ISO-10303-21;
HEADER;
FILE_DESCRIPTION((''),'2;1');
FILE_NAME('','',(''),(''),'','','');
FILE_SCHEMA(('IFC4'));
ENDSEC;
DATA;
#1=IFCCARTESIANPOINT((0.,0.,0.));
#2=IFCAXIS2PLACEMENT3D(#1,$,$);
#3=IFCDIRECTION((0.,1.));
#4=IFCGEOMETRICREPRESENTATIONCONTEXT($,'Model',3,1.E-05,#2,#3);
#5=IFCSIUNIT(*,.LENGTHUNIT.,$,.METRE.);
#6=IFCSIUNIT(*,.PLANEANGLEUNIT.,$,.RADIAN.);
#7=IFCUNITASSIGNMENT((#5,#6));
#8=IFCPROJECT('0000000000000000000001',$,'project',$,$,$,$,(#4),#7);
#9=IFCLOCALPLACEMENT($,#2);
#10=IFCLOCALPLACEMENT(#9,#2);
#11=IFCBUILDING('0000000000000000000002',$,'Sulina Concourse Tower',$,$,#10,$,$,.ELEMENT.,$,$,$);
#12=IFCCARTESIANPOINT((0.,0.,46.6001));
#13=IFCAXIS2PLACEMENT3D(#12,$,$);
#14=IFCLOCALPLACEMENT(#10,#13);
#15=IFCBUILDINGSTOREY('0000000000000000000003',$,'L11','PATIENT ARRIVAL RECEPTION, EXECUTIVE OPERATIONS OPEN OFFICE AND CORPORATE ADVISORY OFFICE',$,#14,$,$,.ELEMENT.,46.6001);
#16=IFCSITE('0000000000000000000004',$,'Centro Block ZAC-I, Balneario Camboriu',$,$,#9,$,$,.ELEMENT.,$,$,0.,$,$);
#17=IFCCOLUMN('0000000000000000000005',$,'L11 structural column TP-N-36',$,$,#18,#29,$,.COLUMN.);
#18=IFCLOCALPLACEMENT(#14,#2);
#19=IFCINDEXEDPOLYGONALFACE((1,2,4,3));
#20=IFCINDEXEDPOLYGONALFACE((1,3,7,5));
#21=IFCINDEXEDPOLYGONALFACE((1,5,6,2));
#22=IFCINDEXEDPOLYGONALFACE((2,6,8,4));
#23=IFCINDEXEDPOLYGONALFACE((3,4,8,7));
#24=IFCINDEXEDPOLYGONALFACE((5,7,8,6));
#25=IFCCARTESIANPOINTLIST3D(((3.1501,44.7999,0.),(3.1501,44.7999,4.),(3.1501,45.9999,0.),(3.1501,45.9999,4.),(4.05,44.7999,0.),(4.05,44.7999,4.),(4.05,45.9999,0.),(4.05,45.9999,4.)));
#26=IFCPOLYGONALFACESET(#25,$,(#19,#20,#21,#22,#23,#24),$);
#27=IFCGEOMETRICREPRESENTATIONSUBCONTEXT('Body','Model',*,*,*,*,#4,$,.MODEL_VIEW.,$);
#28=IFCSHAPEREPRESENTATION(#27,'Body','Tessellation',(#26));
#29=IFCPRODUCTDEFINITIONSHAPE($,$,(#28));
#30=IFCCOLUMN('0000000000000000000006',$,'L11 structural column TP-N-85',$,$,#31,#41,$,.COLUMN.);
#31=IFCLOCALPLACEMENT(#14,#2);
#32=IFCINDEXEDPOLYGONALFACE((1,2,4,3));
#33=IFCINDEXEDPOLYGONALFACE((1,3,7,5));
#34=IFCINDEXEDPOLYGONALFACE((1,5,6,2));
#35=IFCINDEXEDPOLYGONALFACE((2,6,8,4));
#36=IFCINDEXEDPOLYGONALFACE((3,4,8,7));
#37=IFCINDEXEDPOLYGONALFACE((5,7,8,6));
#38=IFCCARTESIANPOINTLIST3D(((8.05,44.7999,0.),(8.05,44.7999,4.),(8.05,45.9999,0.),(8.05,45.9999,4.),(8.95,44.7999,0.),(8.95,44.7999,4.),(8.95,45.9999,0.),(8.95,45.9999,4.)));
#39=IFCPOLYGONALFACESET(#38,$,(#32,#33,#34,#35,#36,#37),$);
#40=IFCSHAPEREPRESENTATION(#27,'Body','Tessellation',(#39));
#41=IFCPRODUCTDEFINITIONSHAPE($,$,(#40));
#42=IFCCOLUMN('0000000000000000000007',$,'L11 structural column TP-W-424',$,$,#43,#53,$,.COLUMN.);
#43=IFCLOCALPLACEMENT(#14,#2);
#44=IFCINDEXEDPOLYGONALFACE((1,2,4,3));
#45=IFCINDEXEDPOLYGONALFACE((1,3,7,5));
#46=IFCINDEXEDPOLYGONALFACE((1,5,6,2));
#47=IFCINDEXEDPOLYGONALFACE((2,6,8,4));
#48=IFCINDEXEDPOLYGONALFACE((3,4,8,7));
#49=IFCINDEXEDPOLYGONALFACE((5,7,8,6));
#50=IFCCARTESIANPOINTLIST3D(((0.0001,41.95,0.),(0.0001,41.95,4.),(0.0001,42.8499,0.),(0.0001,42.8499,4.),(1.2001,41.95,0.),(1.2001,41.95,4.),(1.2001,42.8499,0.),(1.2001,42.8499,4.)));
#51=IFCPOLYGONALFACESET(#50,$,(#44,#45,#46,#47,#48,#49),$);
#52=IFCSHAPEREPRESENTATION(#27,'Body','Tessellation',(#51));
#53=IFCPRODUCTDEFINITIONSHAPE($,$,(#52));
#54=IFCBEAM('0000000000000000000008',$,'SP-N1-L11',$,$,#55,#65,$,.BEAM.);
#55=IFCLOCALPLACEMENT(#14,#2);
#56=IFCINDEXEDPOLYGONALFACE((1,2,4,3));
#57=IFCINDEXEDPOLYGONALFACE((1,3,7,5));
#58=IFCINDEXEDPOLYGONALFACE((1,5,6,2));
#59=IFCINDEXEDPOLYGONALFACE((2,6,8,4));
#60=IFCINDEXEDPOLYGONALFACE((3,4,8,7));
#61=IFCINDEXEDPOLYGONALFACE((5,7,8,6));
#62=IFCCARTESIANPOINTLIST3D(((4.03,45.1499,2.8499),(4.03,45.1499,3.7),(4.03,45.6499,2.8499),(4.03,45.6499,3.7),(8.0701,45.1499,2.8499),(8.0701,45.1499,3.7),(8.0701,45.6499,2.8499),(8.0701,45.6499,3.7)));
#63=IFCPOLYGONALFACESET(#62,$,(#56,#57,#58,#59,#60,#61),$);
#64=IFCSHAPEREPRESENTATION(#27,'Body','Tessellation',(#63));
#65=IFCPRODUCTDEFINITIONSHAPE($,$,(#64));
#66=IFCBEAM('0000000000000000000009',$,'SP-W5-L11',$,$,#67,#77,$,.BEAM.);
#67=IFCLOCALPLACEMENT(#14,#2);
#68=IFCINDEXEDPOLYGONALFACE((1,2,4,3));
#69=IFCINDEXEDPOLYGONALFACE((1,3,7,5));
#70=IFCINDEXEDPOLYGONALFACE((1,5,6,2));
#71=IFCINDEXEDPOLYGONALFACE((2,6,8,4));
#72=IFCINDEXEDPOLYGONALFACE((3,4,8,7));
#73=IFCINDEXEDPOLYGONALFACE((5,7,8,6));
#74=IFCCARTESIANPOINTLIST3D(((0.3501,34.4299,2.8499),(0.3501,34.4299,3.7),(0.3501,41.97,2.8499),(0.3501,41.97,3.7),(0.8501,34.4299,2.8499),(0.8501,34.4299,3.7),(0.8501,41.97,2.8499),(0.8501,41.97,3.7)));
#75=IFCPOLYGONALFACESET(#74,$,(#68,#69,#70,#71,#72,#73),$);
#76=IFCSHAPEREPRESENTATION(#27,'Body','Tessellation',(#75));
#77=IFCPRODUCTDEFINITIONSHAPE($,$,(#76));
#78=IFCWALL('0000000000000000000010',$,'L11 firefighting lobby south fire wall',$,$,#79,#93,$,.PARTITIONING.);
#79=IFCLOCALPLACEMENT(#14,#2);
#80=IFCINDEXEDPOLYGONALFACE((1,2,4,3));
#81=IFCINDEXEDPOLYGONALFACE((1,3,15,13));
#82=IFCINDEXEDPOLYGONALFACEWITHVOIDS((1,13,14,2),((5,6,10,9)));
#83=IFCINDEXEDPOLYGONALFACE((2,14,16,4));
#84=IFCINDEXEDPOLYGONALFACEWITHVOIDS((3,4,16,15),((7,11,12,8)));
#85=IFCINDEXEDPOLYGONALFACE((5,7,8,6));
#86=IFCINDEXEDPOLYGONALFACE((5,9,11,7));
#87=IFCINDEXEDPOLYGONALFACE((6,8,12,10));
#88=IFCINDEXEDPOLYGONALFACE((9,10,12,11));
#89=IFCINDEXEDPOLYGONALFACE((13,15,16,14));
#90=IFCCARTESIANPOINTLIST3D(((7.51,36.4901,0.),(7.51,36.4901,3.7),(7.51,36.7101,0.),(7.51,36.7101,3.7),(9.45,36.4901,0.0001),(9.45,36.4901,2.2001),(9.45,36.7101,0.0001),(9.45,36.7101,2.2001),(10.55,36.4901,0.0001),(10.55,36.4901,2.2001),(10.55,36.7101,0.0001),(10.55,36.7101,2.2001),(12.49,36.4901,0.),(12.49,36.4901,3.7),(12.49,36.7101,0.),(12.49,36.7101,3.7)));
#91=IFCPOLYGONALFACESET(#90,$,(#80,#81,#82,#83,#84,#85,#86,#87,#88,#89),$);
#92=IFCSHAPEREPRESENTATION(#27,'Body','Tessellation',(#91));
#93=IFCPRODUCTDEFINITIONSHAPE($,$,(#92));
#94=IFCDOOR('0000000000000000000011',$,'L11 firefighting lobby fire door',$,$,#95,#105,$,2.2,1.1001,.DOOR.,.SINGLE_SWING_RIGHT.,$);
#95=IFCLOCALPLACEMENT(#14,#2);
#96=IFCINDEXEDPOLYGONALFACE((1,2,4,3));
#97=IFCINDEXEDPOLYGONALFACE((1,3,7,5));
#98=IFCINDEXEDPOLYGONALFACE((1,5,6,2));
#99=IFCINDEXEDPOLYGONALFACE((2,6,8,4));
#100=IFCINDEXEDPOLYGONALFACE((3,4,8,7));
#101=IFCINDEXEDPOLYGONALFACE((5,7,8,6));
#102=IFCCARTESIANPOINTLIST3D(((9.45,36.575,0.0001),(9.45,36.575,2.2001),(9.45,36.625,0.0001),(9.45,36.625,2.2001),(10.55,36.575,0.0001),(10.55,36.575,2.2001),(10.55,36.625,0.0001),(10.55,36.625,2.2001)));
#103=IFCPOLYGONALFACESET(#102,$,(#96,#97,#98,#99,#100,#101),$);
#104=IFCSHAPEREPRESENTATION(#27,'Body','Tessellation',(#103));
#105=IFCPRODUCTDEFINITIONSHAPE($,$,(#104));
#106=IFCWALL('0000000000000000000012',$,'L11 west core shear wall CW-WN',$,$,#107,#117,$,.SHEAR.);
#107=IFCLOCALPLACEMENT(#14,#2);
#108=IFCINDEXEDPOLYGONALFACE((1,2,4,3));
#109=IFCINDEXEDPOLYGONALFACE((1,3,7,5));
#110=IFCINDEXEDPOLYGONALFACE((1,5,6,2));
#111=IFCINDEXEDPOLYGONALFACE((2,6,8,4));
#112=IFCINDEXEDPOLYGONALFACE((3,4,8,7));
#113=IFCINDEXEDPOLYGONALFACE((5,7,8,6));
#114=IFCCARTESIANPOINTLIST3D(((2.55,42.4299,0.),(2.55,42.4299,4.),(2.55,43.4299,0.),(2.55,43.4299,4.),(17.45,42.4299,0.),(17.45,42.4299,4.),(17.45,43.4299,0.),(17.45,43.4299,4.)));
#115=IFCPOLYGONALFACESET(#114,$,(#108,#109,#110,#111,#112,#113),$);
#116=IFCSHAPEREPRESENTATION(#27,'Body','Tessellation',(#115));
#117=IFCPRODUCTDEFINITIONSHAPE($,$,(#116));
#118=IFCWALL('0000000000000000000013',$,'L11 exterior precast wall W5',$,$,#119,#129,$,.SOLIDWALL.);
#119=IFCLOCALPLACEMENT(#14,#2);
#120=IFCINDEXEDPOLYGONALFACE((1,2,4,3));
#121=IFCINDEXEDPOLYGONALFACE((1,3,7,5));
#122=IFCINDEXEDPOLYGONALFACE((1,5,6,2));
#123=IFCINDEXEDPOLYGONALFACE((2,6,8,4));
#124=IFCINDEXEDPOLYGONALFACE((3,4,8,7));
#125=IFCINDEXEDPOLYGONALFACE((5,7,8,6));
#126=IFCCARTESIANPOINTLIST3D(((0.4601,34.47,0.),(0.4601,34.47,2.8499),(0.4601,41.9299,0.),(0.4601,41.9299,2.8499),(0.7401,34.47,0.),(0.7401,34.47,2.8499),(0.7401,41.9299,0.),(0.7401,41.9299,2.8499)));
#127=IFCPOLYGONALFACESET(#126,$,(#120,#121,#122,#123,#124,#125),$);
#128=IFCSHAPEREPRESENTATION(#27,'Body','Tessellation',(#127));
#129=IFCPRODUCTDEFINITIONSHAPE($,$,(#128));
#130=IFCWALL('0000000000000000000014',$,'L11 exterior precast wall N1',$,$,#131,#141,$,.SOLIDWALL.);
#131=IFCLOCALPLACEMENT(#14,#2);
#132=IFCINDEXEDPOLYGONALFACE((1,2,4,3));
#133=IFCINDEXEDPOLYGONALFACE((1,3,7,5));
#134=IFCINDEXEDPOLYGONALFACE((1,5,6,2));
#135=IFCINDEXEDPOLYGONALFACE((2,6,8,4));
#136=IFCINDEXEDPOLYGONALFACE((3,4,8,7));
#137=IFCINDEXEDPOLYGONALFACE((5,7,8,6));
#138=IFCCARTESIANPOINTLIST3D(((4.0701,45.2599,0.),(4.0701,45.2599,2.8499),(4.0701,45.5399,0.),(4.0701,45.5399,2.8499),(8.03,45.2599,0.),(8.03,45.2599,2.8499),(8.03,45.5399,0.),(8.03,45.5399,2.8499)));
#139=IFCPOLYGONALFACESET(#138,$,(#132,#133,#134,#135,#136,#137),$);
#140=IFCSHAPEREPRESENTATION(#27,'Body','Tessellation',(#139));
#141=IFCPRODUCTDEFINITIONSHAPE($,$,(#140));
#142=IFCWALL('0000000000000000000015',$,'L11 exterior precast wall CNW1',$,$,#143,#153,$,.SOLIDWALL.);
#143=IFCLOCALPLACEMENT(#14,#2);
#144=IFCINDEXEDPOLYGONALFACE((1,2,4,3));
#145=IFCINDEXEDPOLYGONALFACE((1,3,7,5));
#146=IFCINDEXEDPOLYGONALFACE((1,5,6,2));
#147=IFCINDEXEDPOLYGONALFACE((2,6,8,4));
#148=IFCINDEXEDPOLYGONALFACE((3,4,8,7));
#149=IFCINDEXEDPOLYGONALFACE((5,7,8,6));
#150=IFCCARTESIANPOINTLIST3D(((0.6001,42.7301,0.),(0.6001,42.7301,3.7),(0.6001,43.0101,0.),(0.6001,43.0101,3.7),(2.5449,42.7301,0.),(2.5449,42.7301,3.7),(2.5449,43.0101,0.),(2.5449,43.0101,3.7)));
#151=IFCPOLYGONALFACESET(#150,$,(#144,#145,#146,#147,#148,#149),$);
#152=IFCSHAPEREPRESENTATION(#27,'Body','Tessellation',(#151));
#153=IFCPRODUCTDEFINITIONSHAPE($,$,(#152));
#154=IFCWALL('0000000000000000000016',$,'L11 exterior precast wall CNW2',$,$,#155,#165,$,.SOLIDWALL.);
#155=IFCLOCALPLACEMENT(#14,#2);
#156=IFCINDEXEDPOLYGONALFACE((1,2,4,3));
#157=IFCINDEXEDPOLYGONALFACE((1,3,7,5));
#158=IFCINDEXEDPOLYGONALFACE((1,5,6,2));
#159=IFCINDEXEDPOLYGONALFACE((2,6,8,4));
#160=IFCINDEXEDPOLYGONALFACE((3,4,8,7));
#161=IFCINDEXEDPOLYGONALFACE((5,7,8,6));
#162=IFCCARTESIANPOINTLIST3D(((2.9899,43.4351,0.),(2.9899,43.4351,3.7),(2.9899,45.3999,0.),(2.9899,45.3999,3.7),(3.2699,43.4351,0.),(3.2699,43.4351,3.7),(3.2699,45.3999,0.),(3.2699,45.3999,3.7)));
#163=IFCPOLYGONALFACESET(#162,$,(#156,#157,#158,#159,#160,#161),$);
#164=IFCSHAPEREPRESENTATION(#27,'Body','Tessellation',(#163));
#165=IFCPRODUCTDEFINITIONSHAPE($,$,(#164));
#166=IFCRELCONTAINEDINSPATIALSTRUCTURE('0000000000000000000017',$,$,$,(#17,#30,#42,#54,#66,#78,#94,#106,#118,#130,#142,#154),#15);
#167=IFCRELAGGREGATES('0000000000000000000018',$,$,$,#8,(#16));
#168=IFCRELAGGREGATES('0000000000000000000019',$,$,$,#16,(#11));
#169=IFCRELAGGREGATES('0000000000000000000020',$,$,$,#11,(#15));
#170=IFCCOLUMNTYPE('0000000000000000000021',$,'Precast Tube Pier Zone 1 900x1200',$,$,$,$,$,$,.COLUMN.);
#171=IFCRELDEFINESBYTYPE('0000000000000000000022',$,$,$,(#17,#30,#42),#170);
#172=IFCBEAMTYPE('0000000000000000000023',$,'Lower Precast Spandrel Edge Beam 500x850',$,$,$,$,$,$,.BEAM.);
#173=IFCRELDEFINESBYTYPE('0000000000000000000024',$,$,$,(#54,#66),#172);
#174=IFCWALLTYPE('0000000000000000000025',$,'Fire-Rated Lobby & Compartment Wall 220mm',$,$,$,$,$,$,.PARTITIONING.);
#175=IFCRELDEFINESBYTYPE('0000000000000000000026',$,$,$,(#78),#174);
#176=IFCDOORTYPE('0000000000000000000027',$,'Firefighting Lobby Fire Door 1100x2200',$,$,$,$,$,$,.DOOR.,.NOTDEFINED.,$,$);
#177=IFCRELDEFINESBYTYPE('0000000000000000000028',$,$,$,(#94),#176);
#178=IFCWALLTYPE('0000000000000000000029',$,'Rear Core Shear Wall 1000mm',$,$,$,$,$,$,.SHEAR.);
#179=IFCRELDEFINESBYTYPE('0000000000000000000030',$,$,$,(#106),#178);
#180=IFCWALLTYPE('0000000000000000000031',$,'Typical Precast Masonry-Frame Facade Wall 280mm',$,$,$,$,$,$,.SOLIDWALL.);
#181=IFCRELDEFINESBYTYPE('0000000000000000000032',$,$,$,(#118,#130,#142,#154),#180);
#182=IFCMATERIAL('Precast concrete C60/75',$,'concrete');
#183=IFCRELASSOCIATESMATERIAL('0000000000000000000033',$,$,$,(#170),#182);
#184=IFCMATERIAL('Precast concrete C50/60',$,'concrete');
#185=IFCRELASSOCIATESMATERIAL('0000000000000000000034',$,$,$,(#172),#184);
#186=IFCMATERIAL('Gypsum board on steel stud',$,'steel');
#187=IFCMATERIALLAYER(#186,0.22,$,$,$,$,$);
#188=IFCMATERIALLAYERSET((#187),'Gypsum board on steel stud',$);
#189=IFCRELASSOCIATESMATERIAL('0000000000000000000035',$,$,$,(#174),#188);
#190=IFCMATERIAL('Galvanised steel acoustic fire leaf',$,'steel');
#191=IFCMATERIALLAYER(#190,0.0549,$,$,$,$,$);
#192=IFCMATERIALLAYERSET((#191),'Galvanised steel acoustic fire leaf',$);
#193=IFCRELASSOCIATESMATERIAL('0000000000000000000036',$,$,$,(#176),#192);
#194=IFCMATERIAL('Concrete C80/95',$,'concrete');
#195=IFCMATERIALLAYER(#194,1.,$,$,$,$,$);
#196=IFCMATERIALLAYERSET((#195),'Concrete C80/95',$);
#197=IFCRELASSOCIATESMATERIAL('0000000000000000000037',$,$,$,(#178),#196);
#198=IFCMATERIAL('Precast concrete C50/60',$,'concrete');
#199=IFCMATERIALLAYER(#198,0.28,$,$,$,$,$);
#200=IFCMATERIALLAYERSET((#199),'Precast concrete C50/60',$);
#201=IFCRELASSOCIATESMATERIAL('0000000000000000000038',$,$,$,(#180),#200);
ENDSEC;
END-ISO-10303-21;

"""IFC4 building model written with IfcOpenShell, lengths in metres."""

from ifc_helpers import new_model, si_unit, direction, frame, frame_2d, origin, origin_2d, place, context, subcontext, project, spatial, rectangle, extrude, material, layer, layer_set, material_profile, profile_set, type_object, element, fill, save


model = new_model("IFC4")

# Units and contexts
model_context = context("Model", 3, precision=1e-05, world=origin(), true_north=direction((0.0, 1.0)))
body_context = subcontext(model_context, "Body", "Model", "MODEL_VIEW")
ifc_project = project(units=[si_unit("LENGTHUNIT", "METRE"), si_unit("PLANEANGLEUNIT", "RADIAN")], contexts=[model_context])

# Site, building, storey
site_placement = place(None, origin())
site = spatial("IfcSite", under=ifc_project, at=site_placement, Name="Centro Block ZAC-I, Balneario Camboriu", CompositionType="ELEMENT", RefElevation=0.0)
building_placement = place(site_placement, origin())
building = spatial("IfcBuilding", under=site, at=building_placement, Name="Sulina Concourse Tower", CompositionType="ELEMENT")
storey_placement = place(building_placement, frame((0.0, 0.0, 46.6001)))
storey = spatial("IfcBuildingStorey", under=building, at=storey_placement, Name="L11", Description="PATIENT ARRIVAL RECEPTION, EXECUTIVE OPERATIONS OPEN OFFICE AND CORPORATE ADVISORY OFFICE", CompositionType="ELEMENT", Elevation=46.6001)

# Columns
ifc_material_1 = material(Name="Precast concrete C60/75", Category="concrete")
ifc_material_profile_1 = material_profile(ifc_material_1, rectangle(XDim=0.8999, YDim=1.2, at=origin_2d()), Name="PC 900x1200")
ifc_profile_set_1 = profile_set([ifc_material_profile_1], Name="Precast concrete C60/75")
column_type = type_object("IfcColumnType", Name="Precast Tube Pier Zone 1 900x1200", PredefinedType="COLUMN", material=ifc_profile_set_1)
for number, where, z_axis, x_axis, name in (
    (1, (3.6001, 45.3999, 0.0), (0.0, 0.0, 1.0), (1.0, 0.0, 0.0), "L11 structural column TP-N-36"),
    (2, (8.5, 45.3999, 0.0), (0.0, 0.0, 1.0), (1.0, 0.0, 0.0), "L11 structural column TP-N-85"),
    (3, (0.6001, 42.3999, 0.0), (0.0, 0.0, 1.0), (0.0, 1.0, 0.0), "L11 structural column TP-W-424"),
):
    element("IfcColumn", number, at=place(storey_placement, frame(where, z_axis=z_axis, x_axis=x_axis)), inside=storey, type_object=column_type, Name=name, PredefinedType="COLUMN", context=body_context, shape_type="SweptSolid", body=[
        extrude(rectangle(XDim=0.8999, YDim=1.2, at=origin_2d()), origin(), (0.0, 0.0, 1.0), 4.0),
    ])

# Beams
ifc_material_2 = material(Name="Precast concrete C50/60", Category="concrete")
ifc_material_profile_2 = material_profile(ifc_material_2, rectangle(XDim=0.5, YDim=0.8501, at=origin_2d()), Name="RC 500x850")
ifc_profile_set_2 = profile_set([ifc_material_profile_2], Name="Precast concrete C50/60")
beam_type = type_object("IfcBeamType", Name="Lower Precast Spandrel Edge Beam 500x850", PredefinedType="BEAM", material=ifc_profile_set_2)
beam_1_placement = place(storey_placement, frame((4.03, 45.3999, 3.2749), z_axis=(1.0, 0.0, 0.0), x_axis=(0.0, 1.0, 0.0)))
element("IfcBeam", 4, at=beam_1_placement, inside=storey, type_object=beam_type, Name="SP-N1-L11", PredefinedType="BEAM", context=body_context, shape_type="SweptSolid", body=[
    extrude(rectangle(XDim=0.5, YDim=0.8501, at=origin_2d()), origin(), (0.0, 0.0, 1.0), 4.04),
])
beam_2_placement = place(storey_placement, frame((0.6001, 34.4299, 3.2749), z_axis=(0.0, 1.0, 0.0), x_axis=(-1.0, 0.0, 0.0)))
element("IfcBeam", 5, at=beam_2_placement, inside=storey, type_object=beam_type, Name="SP-W5-L11", PredefinedType="BEAM", context=body_context, shape_type="SweptSolid", body=[
    extrude(rectangle(XDim=0.5, YDim=0.8501, at=origin_2d()), origin(), (0.0, 0.0, 1.0), 7.54),
])

# Wall, opening, door
ifc_material_3 = material(Name="Gypsum board on steel stud", Category="steel")
ifc_layer_1 = layer(ifc_material_3, 0.22)
ifc_layer_set_1 = layer_set([ifc_layer_1], Name="Gypsum board on steel stud")
wall_type_1 = type_object("IfcWallType", Name="Fire-Rated Lobby & Compartment Wall 220mm", PredefinedType="PARTITIONING", material=ifc_layer_set_1)
wall_1_placement = place(storey_placement, frame((7.51, 36.6001, 0.0), z_axis=(0.0, 0.0, 1.0), x_axis=(1.0, 0.0, 0.0)))
wall_1 = element("IfcWall", 6, at=wall_1_placement, inside=storey, type_object=wall_type_1, Name="L11 firefighting lobby south fire wall", PredefinedType="PARTITIONING", context=body_context, shape_type="SweptSolid", body=[
    extrude(rectangle(XDim=4.98, YDim=0.22, at=frame_2d((2.49, 0.0))), origin(), (0.0, 0.0, 1.0), 3.7),
])
opening_1_placement = place(wall_1_placement, frame((1.9399, 0.0, 0.0)))
opening_1 = element("IfcOpeningElement", 7, at=opening_1_placement, cuts=wall_1, PredefinedType="OPENING", context=body_context, shape_type="SweptSolid", body=[
    extrude(rectangle(XDim=1.1001, YDim=2.2, at=frame_2d((0.55, 1.1001))), frame((0.0, 0.1199, 0.0), z_axis=(0.0, -1.0, 0.0), x_axis=(1.0, 0.0, 0.0)), (0.0, 0.0, 1.0), 0.24),
])
ifc_material_4 = material(Name="Galvanised steel acoustic fire leaf", Category="steel")
ifc_layer_2 = layer(ifc_material_4, 0.0549)
ifc_layer_set_2 = layer_set([ifc_layer_2], Name="Galvanised steel acoustic fire leaf")
door_type_1 = type_object("IfcDoorType", Name="Firefighting Lobby Fire Door 1100x2200", OperationType="NOTDEFINED", PredefinedType="DOOR", material=ifc_layer_set_2)
door_1_placement = place(opening_1_placement, origin())
door_1 = element("IfcDoor", 8, at=door_1_placement, inside=storey, type_object=door_type_1, Name="L11 firefighting lobby fire door", OperationType="SINGLE_SWING_RIGHT", OverallHeight=2.2, OverallWidth=1.1001, PredefinedType="DOOR", context=body_context, shape_type="SweptSolid", body=[
    extrude(rectangle(XDim=1.1001, YDim=2.2, at=frame_2d((0.55, 1.1001))), frame((0.0, 0.0249, 0.0), z_axis=(0.0, -1.0, 0.0), x_axis=(1.0, 0.0, 0.0)), (0.0, 0.0, 1.0), 0.05),
])
fill(opening_1, door_1)

# Walls
ifc_material_5 = material(Name="Concrete C80/95", Category="concrete")
ifc_layer_3 = layer(ifc_material_5, 1.0)
ifc_layer_set_3 = layer_set([ifc_layer_3], Name="Concrete C80/95")
wall_type_2 = type_object("IfcWallType", Name="Rear Core Shear Wall 1000mm", PredefinedType="SHEAR", material=ifc_layer_set_3)
wall_2_placement = place(storey_placement, frame((2.55, 42.9299, 0.0), z_axis=(0.0, 0.0, 1.0), x_axis=(1.0, 0.0, 0.0)))
element("IfcWall", 9, at=wall_2_placement, inside=storey, type_object=wall_type_2, Name="L11 west core shear wall CW-WN", PredefinedType="SHEAR", context=body_context, shape_type="SweptSolid", body=[
    extrude(rectangle(XDim=14.8999, YDim=1.0, at=frame_2d((7.45, 0.0))), origin(), (0.0, 0.0, 1.0), 4.0),
])
ifc_material_6 = material(Name="Precast concrete C50/60", Category="concrete")
ifc_layer_4 = layer(ifc_material_6, 0.28)
ifc_layer_set_4 = layer_set([ifc_layer_4], Name="Precast concrete C50/60")
wall_type_3 = type_object("IfcWallType", Name="Typical Precast Masonry-Frame Facade Wall 280mm", PredefinedType="SOLIDWALL", material=ifc_layer_set_4)
wall_3_placement = place(storey_placement, frame((0.6001, 34.47, 0.0), z_axis=(0.0, 0.0, 1.0), x_axis=(0.0, 1.0, 0.0)))
element("IfcWall", 10, at=wall_3_placement, inside=storey, type_object=wall_type_3, Name="L11 exterior precast wall W5", PredefinedType="SOLIDWALL", context=body_context, shape_type="SweptSolid", body=[
    extrude(rectangle(XDim=7.46, YDim=0.28, at=frame_2d((3.73, 0.0))), origin(), (0.0, 0.0, 1.0), 2.8499),
])
wall_4_placement = place(storey_placement, frame((4.0701, 45.3999, 0.0), z_axis=(0.0, 0.0, 1.0), x_axis=(1.0, 0.0, 0.0)))
element("IfcWall", 11, at=wall_4_placement, inside=storey, type_object=wall_type_3, Name="L11 exterior precast wall N1", PredefinedType="SOLIDWALL", context=body_context, shape_type="SweptSolid", body=[
    extrude(rectangle(XDim=3.96, YDim=0.28, at=frame_2d((1.98, 0.0))), origin(), (0.0, 0.0, 1.0), 2.8499),
])
wall_5_placement = place(storey_placement, frame((0.6001, 42.8701, 0.0), z_axis=(0.0, 0.0, 1.0), x_axis=(1.0, 0.0, 0.0)))
element("IfcWall", 12, at=wall_5_placement, inside=storey, type_object=wall_type_3, Name="L11 exterior precast wall CNW1", PredefinedType="SOLIDWALL", context=body_context, shape_type="SweptSolid", body=[
    extrude(rectangle(XDim=1.9448, YDim=0.28, at=frame_2d((0.9724, 0.0))), origin(), (0.0, 0.0, 1.0), 3.7),
])
wall_6_placement = place(storey_placement, frame((3.1299, 43.4351, 0.0), z_axis=(0.0, 0.0, 1.0), x_axis=(0.0, 1.0, 0.0)))
element("IfcWall", 13, at=wall_6_placement, inside=storey, type_object=wall_type_3, Name="L11 exterior precast wall CNW2", PredefinedType="SOLIDWALL", context=body_context, shape_type="SweptSolid", body=[
    extrude(rectangle(XDim=1.9648, YDim=0.28, at=frame_2d((0.9824, 0.0))), origin(), (0.0, 0.0, 1.0), 3.7),
])

save(model, "model.ifc")
